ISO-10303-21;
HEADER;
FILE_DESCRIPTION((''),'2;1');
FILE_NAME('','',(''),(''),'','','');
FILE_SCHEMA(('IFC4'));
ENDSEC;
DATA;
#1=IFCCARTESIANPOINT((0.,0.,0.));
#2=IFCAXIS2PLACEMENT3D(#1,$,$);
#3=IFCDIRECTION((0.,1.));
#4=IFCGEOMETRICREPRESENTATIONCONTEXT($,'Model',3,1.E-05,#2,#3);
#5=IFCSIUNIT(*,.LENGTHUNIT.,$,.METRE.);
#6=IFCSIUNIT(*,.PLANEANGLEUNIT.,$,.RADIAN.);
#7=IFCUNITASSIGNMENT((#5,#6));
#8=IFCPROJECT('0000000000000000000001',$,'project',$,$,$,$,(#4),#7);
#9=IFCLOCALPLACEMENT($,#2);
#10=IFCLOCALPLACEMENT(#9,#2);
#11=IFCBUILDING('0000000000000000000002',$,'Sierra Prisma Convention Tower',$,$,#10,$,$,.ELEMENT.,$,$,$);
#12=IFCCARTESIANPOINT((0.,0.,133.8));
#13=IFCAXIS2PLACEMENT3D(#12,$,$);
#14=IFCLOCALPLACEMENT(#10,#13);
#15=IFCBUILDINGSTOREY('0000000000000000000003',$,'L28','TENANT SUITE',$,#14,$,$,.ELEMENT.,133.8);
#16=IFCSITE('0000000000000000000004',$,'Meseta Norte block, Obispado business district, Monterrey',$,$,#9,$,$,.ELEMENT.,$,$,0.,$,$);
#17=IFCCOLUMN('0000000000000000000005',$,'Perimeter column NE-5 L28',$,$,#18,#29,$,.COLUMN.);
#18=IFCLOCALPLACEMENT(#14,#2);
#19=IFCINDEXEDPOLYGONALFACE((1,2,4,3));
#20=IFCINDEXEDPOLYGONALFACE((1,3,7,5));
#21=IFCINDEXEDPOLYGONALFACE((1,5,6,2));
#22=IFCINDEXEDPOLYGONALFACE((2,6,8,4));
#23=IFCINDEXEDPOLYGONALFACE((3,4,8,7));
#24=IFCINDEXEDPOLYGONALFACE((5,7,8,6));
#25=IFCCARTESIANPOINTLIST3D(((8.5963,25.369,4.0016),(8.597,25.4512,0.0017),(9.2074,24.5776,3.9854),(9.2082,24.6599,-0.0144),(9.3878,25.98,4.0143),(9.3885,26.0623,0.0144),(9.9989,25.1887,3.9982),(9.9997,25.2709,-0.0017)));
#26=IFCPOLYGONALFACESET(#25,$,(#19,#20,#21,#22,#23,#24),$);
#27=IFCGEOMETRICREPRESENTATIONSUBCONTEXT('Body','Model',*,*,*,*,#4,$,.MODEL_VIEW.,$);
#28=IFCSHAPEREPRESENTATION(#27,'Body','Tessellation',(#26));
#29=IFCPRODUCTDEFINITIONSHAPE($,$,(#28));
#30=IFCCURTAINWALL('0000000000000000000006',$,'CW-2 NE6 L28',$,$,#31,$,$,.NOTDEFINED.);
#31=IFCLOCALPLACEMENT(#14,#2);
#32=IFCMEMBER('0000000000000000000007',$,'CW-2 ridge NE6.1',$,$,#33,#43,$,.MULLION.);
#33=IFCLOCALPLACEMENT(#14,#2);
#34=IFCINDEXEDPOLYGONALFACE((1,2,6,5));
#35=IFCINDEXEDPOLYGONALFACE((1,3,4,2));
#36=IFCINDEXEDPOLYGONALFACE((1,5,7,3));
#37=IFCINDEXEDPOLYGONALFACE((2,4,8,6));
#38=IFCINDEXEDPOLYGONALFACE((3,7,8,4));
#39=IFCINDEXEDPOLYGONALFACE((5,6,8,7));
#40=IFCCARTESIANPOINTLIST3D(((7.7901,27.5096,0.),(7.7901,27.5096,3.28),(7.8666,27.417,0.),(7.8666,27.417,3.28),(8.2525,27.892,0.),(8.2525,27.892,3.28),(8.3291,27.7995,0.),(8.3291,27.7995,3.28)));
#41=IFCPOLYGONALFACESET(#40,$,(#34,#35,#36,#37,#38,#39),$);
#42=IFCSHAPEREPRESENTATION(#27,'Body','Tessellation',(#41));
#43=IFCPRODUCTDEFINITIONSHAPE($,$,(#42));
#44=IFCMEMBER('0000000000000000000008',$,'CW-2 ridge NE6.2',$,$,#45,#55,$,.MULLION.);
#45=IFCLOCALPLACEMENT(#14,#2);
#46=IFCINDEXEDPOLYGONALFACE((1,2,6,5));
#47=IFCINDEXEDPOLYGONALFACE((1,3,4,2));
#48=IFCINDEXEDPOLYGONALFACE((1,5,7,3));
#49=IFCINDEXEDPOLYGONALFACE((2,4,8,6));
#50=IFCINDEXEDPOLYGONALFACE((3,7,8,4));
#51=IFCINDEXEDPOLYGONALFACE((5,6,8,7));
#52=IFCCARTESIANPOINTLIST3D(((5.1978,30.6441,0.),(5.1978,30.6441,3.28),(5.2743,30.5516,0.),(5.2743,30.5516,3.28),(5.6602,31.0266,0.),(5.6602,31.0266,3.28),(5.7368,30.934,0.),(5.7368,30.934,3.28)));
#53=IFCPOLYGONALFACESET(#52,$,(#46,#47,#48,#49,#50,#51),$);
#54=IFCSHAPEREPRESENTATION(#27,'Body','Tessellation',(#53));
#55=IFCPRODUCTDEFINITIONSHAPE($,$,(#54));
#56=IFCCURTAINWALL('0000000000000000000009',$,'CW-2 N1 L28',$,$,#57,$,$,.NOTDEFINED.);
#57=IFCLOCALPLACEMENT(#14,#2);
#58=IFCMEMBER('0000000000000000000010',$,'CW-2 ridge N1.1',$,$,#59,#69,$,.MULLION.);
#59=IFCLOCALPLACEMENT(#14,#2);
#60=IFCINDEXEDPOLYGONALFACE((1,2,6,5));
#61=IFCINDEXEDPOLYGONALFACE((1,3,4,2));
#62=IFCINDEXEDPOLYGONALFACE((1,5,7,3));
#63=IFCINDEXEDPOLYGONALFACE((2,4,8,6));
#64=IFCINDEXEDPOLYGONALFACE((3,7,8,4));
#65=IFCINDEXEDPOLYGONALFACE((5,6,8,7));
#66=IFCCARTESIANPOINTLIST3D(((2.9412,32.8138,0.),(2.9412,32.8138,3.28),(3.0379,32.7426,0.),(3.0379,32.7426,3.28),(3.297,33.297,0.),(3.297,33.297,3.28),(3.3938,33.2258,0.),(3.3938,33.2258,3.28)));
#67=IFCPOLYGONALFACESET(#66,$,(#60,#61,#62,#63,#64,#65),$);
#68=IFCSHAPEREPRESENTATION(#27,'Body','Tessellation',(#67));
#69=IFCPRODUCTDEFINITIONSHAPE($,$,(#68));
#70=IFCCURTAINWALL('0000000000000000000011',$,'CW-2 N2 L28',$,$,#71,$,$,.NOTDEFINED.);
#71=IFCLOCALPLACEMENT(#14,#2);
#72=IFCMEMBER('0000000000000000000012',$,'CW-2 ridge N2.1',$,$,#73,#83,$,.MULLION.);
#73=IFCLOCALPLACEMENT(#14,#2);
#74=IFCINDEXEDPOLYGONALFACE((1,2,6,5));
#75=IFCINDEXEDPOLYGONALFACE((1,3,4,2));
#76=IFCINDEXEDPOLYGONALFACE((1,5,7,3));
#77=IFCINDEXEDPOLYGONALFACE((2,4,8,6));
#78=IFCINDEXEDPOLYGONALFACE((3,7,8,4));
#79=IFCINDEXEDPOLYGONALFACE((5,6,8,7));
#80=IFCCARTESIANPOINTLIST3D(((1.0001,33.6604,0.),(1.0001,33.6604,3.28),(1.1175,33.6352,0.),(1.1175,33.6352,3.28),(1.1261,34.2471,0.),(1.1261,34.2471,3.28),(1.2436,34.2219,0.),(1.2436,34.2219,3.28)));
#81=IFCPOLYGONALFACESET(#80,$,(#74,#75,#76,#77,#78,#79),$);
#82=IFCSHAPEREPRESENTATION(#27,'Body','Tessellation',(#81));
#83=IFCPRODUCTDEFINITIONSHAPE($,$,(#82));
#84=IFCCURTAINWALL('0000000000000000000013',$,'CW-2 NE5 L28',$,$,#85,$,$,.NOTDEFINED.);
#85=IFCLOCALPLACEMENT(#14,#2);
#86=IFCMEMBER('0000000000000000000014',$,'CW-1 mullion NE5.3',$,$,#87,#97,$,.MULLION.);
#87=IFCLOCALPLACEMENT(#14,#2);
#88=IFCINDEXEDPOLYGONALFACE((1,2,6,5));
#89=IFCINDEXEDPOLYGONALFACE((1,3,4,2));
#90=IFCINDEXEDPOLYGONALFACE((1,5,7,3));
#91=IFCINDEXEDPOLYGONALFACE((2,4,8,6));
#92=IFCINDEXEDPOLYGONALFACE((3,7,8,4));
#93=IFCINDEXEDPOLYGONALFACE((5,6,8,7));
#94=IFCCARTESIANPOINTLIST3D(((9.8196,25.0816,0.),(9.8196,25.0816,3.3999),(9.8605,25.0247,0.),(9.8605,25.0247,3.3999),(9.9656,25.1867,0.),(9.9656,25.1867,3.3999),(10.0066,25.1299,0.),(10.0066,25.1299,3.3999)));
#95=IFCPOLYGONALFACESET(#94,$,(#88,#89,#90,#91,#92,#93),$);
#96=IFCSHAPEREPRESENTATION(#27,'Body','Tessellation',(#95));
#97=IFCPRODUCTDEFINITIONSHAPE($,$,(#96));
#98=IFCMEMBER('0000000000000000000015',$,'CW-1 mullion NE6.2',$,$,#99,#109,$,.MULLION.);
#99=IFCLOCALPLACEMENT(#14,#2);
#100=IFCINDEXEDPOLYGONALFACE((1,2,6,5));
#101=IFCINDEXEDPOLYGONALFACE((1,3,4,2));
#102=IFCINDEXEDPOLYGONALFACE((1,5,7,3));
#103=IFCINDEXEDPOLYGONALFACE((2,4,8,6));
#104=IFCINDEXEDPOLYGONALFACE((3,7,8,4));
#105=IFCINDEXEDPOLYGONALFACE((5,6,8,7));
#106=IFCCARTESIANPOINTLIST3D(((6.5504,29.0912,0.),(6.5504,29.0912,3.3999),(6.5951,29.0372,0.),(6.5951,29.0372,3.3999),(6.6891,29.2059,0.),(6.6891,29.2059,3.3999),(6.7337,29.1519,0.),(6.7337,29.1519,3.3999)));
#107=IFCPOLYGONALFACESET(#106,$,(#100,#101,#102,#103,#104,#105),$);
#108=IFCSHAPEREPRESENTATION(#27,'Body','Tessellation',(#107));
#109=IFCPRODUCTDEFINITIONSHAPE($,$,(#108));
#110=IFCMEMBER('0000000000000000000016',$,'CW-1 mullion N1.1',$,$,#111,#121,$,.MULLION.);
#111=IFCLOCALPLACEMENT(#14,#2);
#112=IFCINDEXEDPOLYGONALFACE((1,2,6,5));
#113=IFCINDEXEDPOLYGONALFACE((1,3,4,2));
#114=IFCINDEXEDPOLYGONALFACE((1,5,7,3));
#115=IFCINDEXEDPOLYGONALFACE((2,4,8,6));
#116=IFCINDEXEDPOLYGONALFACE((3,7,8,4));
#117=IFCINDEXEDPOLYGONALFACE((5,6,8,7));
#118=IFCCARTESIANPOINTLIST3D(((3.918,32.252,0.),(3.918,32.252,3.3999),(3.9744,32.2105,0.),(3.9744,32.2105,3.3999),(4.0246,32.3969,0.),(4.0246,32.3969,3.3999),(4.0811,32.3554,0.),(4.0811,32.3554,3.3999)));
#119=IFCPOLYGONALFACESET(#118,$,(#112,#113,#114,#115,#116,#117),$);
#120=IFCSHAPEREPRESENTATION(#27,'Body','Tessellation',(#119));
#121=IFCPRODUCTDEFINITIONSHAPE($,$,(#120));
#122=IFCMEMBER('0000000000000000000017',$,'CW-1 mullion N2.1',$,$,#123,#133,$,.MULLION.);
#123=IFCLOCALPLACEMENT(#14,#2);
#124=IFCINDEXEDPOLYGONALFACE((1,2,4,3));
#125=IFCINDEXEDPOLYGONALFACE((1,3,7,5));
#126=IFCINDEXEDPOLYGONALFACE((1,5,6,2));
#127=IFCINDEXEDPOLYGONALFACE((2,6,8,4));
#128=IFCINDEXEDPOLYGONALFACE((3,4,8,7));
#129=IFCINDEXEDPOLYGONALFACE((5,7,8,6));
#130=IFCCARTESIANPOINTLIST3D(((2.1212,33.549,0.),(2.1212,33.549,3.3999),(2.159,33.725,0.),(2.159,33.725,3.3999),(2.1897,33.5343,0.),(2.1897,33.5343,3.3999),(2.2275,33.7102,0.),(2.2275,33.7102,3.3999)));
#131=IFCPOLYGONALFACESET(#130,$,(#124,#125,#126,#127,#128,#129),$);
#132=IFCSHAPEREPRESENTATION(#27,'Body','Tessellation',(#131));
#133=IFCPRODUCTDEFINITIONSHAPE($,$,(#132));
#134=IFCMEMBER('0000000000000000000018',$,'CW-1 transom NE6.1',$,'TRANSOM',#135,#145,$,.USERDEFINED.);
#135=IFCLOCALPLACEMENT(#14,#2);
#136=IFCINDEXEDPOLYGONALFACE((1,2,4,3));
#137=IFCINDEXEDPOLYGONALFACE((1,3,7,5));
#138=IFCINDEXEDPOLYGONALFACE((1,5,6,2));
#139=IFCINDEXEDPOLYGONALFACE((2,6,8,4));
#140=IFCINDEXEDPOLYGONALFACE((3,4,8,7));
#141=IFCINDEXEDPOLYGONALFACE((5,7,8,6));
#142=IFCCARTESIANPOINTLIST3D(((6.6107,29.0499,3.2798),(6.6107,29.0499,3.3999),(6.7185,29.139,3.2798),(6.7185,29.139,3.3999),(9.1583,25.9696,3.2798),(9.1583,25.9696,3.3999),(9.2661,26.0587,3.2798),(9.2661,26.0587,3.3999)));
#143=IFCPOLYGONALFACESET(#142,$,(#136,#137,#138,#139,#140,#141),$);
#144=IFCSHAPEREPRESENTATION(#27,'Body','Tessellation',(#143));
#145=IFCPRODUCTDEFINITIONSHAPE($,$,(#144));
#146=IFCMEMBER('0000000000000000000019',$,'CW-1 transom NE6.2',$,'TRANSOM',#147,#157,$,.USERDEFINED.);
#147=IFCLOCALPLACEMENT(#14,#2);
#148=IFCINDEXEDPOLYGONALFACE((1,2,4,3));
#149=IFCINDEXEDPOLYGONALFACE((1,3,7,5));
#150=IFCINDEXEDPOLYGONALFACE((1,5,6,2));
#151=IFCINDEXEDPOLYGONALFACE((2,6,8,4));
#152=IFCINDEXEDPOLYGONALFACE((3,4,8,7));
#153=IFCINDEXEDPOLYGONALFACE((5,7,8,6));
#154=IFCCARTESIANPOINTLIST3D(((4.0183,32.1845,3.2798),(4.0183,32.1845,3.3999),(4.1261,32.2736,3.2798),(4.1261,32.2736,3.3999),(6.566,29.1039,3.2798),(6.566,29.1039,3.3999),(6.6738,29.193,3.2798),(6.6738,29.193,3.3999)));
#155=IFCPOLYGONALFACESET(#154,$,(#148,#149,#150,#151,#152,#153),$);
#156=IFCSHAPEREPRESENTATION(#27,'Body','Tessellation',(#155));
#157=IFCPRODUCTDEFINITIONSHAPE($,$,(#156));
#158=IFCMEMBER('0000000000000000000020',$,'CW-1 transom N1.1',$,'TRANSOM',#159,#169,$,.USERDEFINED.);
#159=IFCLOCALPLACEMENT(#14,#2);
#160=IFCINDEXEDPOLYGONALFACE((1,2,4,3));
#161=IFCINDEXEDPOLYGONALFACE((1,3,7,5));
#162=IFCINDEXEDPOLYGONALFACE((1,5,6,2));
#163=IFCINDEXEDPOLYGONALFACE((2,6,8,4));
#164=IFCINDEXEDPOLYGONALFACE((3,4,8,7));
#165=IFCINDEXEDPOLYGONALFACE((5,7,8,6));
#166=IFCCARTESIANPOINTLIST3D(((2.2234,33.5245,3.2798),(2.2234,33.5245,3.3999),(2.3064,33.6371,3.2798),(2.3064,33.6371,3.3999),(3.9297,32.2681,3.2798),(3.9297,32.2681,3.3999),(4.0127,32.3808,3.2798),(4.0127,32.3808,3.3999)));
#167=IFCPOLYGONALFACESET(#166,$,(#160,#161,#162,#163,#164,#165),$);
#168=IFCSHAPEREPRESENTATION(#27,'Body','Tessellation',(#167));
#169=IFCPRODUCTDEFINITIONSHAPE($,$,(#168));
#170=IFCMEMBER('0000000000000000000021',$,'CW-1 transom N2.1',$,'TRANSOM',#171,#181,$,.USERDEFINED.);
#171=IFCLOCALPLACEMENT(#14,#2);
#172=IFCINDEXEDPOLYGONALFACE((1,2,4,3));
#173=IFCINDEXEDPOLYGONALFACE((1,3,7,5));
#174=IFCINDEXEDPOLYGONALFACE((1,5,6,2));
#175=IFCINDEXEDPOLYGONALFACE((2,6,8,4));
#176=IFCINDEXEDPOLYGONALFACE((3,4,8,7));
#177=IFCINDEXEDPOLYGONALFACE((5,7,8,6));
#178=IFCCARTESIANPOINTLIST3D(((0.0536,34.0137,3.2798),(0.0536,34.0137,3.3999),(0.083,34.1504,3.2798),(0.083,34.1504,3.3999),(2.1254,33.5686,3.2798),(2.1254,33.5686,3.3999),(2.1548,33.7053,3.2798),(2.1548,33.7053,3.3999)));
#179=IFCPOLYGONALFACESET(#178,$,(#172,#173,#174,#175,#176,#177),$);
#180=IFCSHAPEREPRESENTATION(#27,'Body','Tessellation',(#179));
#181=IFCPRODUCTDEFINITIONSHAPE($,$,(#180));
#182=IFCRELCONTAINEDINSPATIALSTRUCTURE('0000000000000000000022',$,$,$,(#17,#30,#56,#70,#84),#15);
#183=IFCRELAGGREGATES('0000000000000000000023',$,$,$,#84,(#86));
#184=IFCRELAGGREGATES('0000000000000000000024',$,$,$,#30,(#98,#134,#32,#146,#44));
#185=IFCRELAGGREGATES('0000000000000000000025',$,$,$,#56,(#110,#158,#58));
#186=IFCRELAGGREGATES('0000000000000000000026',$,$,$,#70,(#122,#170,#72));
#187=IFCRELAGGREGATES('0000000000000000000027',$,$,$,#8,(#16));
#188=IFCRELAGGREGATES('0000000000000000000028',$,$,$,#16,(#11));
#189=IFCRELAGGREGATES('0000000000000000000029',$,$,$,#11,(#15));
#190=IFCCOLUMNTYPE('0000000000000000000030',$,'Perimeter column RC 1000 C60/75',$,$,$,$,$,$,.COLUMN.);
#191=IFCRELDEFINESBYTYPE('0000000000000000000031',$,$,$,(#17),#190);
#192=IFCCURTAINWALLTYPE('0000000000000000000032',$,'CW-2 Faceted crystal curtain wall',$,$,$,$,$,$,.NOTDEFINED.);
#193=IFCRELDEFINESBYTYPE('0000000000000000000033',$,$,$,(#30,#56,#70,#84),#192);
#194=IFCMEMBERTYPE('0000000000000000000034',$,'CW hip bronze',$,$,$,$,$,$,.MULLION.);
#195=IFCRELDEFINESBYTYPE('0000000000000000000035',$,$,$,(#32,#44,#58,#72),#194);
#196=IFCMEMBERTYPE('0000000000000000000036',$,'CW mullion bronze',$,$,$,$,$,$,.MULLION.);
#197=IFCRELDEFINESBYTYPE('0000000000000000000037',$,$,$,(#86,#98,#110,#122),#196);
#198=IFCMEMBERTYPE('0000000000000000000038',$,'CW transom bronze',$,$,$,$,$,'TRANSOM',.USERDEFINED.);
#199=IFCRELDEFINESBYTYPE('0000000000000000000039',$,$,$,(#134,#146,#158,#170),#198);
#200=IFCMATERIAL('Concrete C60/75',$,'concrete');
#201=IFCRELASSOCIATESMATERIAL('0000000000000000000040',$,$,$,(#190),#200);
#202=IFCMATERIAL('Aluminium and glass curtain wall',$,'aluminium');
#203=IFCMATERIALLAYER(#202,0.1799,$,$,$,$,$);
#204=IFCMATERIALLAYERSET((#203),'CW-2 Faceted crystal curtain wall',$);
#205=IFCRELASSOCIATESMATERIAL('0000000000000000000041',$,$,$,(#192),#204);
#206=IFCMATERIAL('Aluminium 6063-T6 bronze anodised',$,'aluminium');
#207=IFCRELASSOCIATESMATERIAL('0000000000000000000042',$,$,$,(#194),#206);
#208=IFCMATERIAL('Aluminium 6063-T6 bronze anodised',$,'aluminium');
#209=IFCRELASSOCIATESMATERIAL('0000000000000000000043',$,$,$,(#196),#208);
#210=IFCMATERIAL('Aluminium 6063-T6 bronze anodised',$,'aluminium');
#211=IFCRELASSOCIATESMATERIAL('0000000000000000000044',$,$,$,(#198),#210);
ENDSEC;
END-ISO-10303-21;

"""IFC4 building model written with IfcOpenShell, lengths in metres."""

from ifc_helpers import new_model, si_unit, direction, frame, origin, origin_2d, place, context, subcontext, project, spatial, rectangle, extrude, material, layer, layer_set, material_profile, profile_set, type_object, element, aggregate, save


model = new_model("IFC4")

# Units and contexts
model_context = context("Model", 3, precision=1e-05, world=origin(), true_north=direction((0.0, 1.0)))
body_context = subcontext(model_context, "Body", "Model", "MODEL_VIEW")
ifc_project = project(units=[si_unit("LENGTHUNIT", "METRE"), si_unit("PLANEANGLEUNIT", "RADIAN")], contexts=[model_context])

# Site, building, storey
site_placement = place(None, origin())
site = spatial("IfcSite", under=ifc_project, at=site_placement, Name="Meseta Norte block, Obispado business district, Monterrey", CompositionType="ELEMENT", RefElevation=0.0)
building_placement = place(site_placement, origin())
building = spatial("IfcBuilding", under=site, at=building_placement, Name="Sierra Prisma Convention Tower", CompositionType="ELEMENT")
storey_placement = place(building_placement, frame((0.0, 0.0, 133.8)))
storey = spatial("IfcBuildingStorey", under=building, at=storey_placement, Name="L28", Description="TENANT SUITE", CompositionType="ELEMENT", Elevation=133.8)

# Column
ifc_material_1 = material(Name="Concrete C60/75", Category="concrete")
ifc_material_profile_1 = material_profile(ifc_material_1, rectangle(XDim=1.0, YDim=1.0, at=origin_2d()), Name="Perimeter column RC 1000 C60/75")
ifc_profile_set_1 = profile_set([ifc_material_profile_1], Name="Concrete C60/75")
column_type = type_object("IfcColumnType", Name="Perimeter column RC 1000 C60/75", PredefinedType="COLUMN", material=ifc_profile_set_1)
column_placement = place(storey_placement, frame((9.2983, 25.3611, 0.0), z_axis=(-0.000183, -0.020564, 0.999789), x_axis=(-0.611162, 0.79134, 0.016165)))
element("IfcColumn", 1, at=column_placement, inside=storey, type_object=column_type, Name="Perimeter column NE-5 L28", PredefinedType="COLUMN", context=body_context, shape_type="SweptSolid", body=[
    extrude(rectangle(XDim=1.0, YDim=1.0, at=origin_2d()), origin(), (0.0, 0.0, 1.0), 4.0007),
])

# Curtain wall, members
ifc_material_2 = material(Name="Aluminium and glass curtain wall", Category="aluminium")
ifc_layer_1 = layer(ifc_material_2, 0.1799)
ifc_layer_set_1 = layer_set([ifc_layer_1], Name="CW-2 Faceted crystal curtain wall")
curtain_wall_type = type_object("IfcCurtainWallType", Name="CW-2 Faceted crystal curtain wall", PredefinedType="NOTDEFINED", material=ifc_layer_set_1)
curtain_wall_1_placement = place(storey_placement, origin())
curtain_wall_1 = element("IfcCurtainWall", 2, at=curtain_wall_1_placement, inside=storey, type_object=curtain_wall_type, Name="CW-2 NE6 L28", PredefinedType="NOTDEFINED")
ifc_material_3 = material(Name="Aluminium 6063-T6 bronze anodised", Category="aluminium")
ifc_material_profile_2 = material_profile(ifc_material_3, rectangle(XDim=0.1201, YDim=0.6001, at=origin_2d()), Name="ALU RIDGE BLADE 120x600")
ifc_profile_set_2 = profile_set([ifc_material_profile_2], Name="Aluminium 6063-T6 bronze anodised")
member_type_1 = type_object("IfcMemberType", Name="CW hip bronze", PredefinedType="MULLION", material=ifc_profile_set_2)
member_1_placement = place(storey_placement, frame((8.0596, 27.6545, 0.0), z_axis=(0.0, 0.0, 1.0), x_axis=(-0.637317, 0.770602, 0.0)))
member_1 = element("IfcMember", 3, at=member_1_placement, type_object=member_type_1, Name="CW-2 ridge NE6.1", PredefinedType="MULLION", context=body_context, shape_type="SweptSolid", body=[
    extrude(rectangle(XDim=0.1201, YDim=0.6001, at=origin_2d()), origin(), (0.0, 0.0, 1.0), 3.28),
])
member_2_placement = place(storey_placement, frame((5.4673, 30.7891, 0.0), z_axis=(0.0, 0.0, 1.0), x_axis=(-0.637317, 0.770602, 0.0)))
member_2 = element("IfcMember", 4, at=member_2_placement, type_object=member_type_1, Name="CW-2 ridge NE6.2", PredefinedType="MULLION", context=body_context, shape_type="SweptSolid", body=[
    extrude(rectangle(XDim=0.1201, YDim=0.6001, at=origin_2d()), origin(), (0.0, 0.0, 1.0), 3.28),
])

# Curtain walls, members
curtain_wall_2_placement = place(storey_placement, origin())
curtain_wall_2 = element("IfcCurtainWall", 5, at=curtain_wall_2_placement, inside=storey, type_object=curtain_wall_type, Name="CW-2 N1 L28", PredefinedType="NOTDEFINED")
member_3_placement = place(storey_placement, frame((3.1675, 33.0198, 0.0), z_axis=(0.0, 0.0, 1.0), x_axis=(-0.805234, 0.592958, 0.0)))
member_3 = element("IfcMember", 6, at=member_3_placement, type_object=member_type_1, Name="CW-2 ridge N1.1", PredefinedType="MULLION", context=body_context, shape_type="SweptSolid", body=[
    extrude(rectangle(XDim=0.1201, YDim=0.6001, at=origin_2d()), origin(), (0.0, 0.0, 1.0), 3.28),
])
curtain_wall_3_placement = place(storey_placement, origin())
curtain_wall_3 = element("IfcCurtainWall", 7, at=curtain_wall_3_placement, inside=storey, type_object=curtain_wall_type, Name="CW-2 N2 L28", PredefinedType="NOTDEFINED")
member_4_placement = place(storey_placement, frame((1.1218, 33.9412, 0.0), z_axis=(0.0, 0.0, 1.0), x_axis=(-0.977701, 0.210001, 0.0)))
member_4 = element("IfcMember", 8, at=member_4_placement, type_object=member_type_1, Name="CW-2 ridge N2.1", PredefinedType="MULLION", context=body_context, shape_type="SweptSolid", body=[
    extrude(rectangle(XDim=0.1201, YDim=0.6001, at=origin_2d()), origin(), (0.0, 0.0, 1.0), 3.28),
])
curtain_wall_4_placement = place(storey_placement, origin())
curtain_wall_4 = element("IfcCurtainWall", 9, at=curtain_wall_4_placement, inside=storey, type_object=curtain_wall_type, Name="CW-2 NE5 L28", PredefinedType="NOTDEFINED")
ifc_material_4 = material(Name="Aluminium 6063-T6 bronze anodised", Category="aluminium")
ifc_material_profile_3 = material_profile(ifc_material_4, rectangle(XDim=0.1799, YDim=0.0701, at=origin_2d()), Name="ALU MULLION 70x180")
ifc_profile_set_3 = profile_set([ifc_material_profile_3], Name="Aluminium 6063-T6 bronze anodised")
member_type_2 = type_object("IfcMemberType", Name="CW mullion bronze", PredefinedType="MULLION", material=ifc_profile_set_3)
member_5_placement = place(storey_placement, frame((9.9131, 25.1057, 0.0), z_axis=(0.0, 0.0, 1.0), x_axis=(-0.811521, -0.584324, 0.0)))
member_5 = element("IfcMember", 10, at=member_5_placement, type_object=member_type_2, Name="CW-1 mullion NE5.3", PredefinedType="MULLION", context=body_context, shape_type="SweptSolid", body=[
    extrude(rectangle(XDim=0.1799, YDim=0.0701, at=origin_2d()), origin(), (0.0, 0.0, 1.0), 3.3999),
])
aggregate(curtain_wall_4, [member_5])

# Members
member_6_placement = place(storey_placement, frame((6.6421, 29.1216, 0.0), z_axis=(0.0, 0.0, 1.0), x_axis=(-0.770602, -0.637317, 0.0)))
member_6 = element("IfcMember", 11, at=member_6_placement, type_object=member_type_2, Name="CW-1 mullion NE6.2", PredefinedType="MULLION", context=body_context, shape_type="SweptSolid", body=[
    extrude(rectangle(XDim=0.1799, YDim=0.0701, at=origin_2d()), origin(), (0.0, 0.0, 1.0), 3.3999),
])
member_7_placement = place(storey_placement, frame((3.9995, 32.3037, 0.0), z_axis=(0.0, 0.0, 1.0), x_axis=(-0.592958, -0.805234, 0.0)))
member_7 = element("IfcMember", 12, at=member_7_placement, type_object=member_type_2, Name="CW-1 mullion N1.1", PredefinedType="MULLION", context=body_context, shape_type="SweptSolid", body=[
    extrude(rectangle(XDim=0.1799, YDim=0.0701, at=origin_2d()), origin(), (0.0, 0.0, 1.0), 3.3999),
])
member_8_placement = place(storey_placement, frame((2.1743, 33.6296, 0.0), z_axis=(0.0, 0.0, 1.0), x_axis=(-0.210001, -0.977701, 0.0)))
member_8 = element("IfcMember", 13, at=member_8_placement, type_object=member_type_2, Name="CW-1 mullion N2.1", PredefinedType="MULLION", context=body_context, shape_type="SweptSolid", body=[
    extrude(rectangle(XDim=0.1799, YDim=0.0701, at=origin_2d()), origin(), (0.0, 0.0, 1.0), 3.3999),
])
ifc_material_5 = material(Name="Aluminium 6063-T6 bronze anodised", Category="aluminium")
ifc_material_profile_4 = material_profile(ifc_material_5, rectangle(XDim=0.1399, YDim=0.1201, at=origin_2d()), Name="ALU TRANSOM 120x140")
ifc_profile_set_4 = profile_set([ifc_material_profile_4], Name="Aluminium 6063-T6 bronze anodised")
member_type_3 = type_object("IfcMemberType", Name="CW transom bronze", ElementType="TRANSOM", PredefinedType="USERDEFINED", material=ifc_profile_set_4)
member_9_placement = place(storey_placement, frame((9.2122, 26.0142, 3.3398), z_axis=(-0.637326, 0.770594, 0.0), x_axis=(-0.770594, -0.637326, 0.0)))
member_9 = element("IfcMember", 14, at=member_9_placement, type_object=member_type_3, Name="CW-1 transom NE6.1", ObjectType="TRANSOM", PredefinedType="USERDEFINED", context=body_context, shape_type="SweptSolid", body=[
    extrude(rectangle(XDim=0.1399, YDim=0.1201, at=origin_2d()), origin(), (0.0, 0.0, 1.0), 3.9973),
])
member_10_placement = place(storey_placement, frame((6.6199, 29.1484, 3.3398), z_axis=(-0.637296, 0.770619, 0.0), x_axis=(-0.770619, -0.637296, 0.0)))
member_10 = element("IfcMember", 15, at=member_10_placement, type_object=member_type_3, Name="CW-1 transom NE6.2", ObjectType="TRANSOM", PredefinedType="USERDEFINED", context=body_context, shape_type="SweptSolid", body=[
    extrude(rectangle(XDim=0.1399, YDim=0.1201, at=origin_2d()), origin(), (0.0, 0.0, 1.0), 3.9976),
])
member_11_placement = place(storey_placement, frame((3.9712, 32.3245, 3.3398), z_axis=(-0.805264, 0.592916, 0.0), x_axis=(-0.592916, -0.805264, 0.0)))
member_11 = element("IfcMember", 16, at=member_11_placement, type_object=member_type_3, Name="CW-1 transom N1.1", ObjectType="TRANSOM", PredefinedType="USERDEFINED", context=body_context, shape_type="SweptSolid", body=[
    extrude(rectangle(XDim=0.1399, YDim=0.1201, at=origin_2d()), origin(), (0.0, 0.0, 1.0), 2.1189),
])
member_12_placement = place(storey_placement, frame((2.1401, 33.637, 3.3398), z_axis=(-0.977694, 0.210033, 0.0), x_axis=(-0.210033, -0.977694, 0.0)))
member_12 = element("IfcMember", 17, at=member_12_placement, type_object=member_type_3, Name="CW-1 transom N2.1", ObjectType="TRANSOM", PredefinedType="USERDEFINED", context=body_context, shape_type="SweptSolid", body=[
    extrude(rectangle(XDim=0.1399, YDim=0.1201, at=origin_2d()), origin(), (0.0, 0.0, 1.0), 2.1191),
])

aggregate(curtain_wall_1, [member_6, member_9, member_1, member_10, member_2])
aggregate(curtain_wall_2, [member_7, member_11, member_3])
aggregate(curtain_wall_3, [member_8, member_12, member_4])

save(model, "model.ifc")
